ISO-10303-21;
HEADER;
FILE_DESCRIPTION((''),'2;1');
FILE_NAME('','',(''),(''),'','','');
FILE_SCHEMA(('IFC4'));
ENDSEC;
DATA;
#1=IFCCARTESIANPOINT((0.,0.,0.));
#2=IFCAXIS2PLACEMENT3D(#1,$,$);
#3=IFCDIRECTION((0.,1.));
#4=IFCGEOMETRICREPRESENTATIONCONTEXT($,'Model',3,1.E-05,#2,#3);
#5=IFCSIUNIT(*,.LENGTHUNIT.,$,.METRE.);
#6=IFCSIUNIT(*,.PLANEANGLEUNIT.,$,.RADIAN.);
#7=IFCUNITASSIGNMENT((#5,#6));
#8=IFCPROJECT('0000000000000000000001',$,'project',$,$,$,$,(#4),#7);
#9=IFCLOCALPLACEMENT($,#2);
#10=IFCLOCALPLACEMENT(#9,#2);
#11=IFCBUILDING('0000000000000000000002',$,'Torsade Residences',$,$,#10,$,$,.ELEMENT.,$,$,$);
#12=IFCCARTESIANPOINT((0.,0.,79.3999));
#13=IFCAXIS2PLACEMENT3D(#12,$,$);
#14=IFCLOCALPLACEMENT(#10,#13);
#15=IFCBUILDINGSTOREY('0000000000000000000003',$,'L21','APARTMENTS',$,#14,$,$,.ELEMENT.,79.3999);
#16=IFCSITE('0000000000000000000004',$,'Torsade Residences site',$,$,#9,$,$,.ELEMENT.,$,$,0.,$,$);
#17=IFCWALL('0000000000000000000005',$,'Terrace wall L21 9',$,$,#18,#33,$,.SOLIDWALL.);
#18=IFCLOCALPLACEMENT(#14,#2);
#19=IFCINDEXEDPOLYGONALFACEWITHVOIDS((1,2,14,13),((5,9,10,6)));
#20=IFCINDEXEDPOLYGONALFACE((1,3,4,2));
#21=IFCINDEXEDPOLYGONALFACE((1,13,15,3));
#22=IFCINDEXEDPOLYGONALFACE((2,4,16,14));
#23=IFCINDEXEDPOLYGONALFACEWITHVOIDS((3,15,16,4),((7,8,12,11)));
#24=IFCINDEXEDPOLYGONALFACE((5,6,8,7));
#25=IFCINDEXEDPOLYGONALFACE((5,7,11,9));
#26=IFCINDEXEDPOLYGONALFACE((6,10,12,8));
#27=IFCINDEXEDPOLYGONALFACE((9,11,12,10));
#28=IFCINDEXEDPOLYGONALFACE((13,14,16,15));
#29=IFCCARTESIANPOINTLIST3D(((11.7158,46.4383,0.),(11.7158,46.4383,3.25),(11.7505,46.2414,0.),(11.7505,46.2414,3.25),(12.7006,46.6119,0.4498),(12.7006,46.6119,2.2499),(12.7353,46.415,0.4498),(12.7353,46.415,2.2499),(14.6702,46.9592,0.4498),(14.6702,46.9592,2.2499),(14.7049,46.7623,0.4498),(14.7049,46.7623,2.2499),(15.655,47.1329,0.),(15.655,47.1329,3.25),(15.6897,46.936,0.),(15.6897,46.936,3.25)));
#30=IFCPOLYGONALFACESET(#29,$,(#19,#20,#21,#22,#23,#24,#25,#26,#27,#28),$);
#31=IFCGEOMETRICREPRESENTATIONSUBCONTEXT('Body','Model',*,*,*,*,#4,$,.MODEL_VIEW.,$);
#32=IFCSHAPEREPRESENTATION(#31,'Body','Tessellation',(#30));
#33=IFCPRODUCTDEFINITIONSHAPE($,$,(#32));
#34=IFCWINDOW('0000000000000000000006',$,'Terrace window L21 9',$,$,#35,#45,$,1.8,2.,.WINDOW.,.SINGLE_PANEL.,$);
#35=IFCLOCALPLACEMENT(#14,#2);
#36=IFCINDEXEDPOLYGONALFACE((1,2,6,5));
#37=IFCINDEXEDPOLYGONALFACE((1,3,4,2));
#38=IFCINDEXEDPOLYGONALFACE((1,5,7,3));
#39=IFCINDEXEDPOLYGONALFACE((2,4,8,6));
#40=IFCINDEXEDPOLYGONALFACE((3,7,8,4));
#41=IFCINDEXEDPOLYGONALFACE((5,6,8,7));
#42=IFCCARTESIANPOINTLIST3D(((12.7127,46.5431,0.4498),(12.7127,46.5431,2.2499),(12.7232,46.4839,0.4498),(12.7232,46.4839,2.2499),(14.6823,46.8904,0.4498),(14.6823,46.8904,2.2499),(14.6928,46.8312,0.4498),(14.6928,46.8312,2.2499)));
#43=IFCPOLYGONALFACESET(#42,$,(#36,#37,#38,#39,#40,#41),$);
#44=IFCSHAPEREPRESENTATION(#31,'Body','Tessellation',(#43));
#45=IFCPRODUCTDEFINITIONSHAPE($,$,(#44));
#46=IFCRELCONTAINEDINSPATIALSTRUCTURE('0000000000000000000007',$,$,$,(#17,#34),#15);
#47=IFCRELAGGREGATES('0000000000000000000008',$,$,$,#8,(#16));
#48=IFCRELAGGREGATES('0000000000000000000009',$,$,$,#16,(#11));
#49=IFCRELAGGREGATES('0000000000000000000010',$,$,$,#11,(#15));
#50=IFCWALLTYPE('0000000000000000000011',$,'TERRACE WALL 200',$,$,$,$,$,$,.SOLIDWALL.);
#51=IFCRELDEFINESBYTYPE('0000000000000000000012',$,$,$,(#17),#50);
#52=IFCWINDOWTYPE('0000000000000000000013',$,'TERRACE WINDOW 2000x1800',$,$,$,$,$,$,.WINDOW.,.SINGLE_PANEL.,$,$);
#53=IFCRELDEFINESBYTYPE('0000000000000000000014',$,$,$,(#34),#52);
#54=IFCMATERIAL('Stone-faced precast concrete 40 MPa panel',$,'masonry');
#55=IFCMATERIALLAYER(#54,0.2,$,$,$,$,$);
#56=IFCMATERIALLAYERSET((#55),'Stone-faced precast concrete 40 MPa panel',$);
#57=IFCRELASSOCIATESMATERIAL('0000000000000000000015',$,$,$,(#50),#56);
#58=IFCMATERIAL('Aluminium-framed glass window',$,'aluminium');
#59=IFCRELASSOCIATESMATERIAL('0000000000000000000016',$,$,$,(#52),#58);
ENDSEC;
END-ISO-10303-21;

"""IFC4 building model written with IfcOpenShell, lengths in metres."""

from ifc_helpers import new_model, si_unit, direction, frame, frame_2d, origin, place, context, subcontext, project, spatial, rectangle, extrude, material, layer, layer_set, type_object, element, fill, save


model = new_model("IFC4")

# Units and contexts
model_context = context("Model", 3, precision=1e-05, world=origin(), true_north=direction((0.0, 1.0)))
body_context = subcontext(model_context, "Body", "Model", "MODEL_VIEW")
ifc_project = project(units=[si_unit("LENGTHUNIT", "METRE"), si_unit("PLANEANGLEUNIT", "RADIAN")], contexts=[model_context])

# Site, building, storey
site_placement = place(None, origin())
site = spatial("IfcSite", under=ifc_project, at=site_placement, Name="Torsade Residences site", CompositionType="ELEMENT", RefElevation=0.0)
building_placement = place(site_placement, origin())
building = spatial("IfcBuilding", under=site, at=building_placement, Name="Torsade Residences", CompositionType="ELEMENT")
storey_placement = place(building_placement, frame((0.0, 0.0, 79.3999)))
storey = spatial("IfcBuildingStorey", under=building, at=storey_placement, Name="L21", Description="APARTMENTS", CompositionType="ELEMENT", Elevation=79.3999)

# Shared definitions
ifc_material_1 = material(Name="Stone-faced precast concrete 40 MPa panel", Category="masonry")
ifc_layer_1 = layer(ifc_material_1, 0.2)
ifc_layer_set_1 = layer_set([ifc_layer_1], Name="Stone-faced precast concrete 40 MPa panel")
wall_type_1 = type_object("IfcWallType", Name="TERRACE WALL 200", PredefinedType="SOLIDWALL", material=ifc_layer_set_1)

# Wall, opening, window
wall_1_placement = place(storey_placement, frame((15.6724, 47.0344, 0.0), z_axis=(0.0, 0.0, 1.0), x_axis=(-0.984808, -0.173646, 0.0)))
wall_1 = element("IfcWall", 1, at=wall_1_placement, inside=storey, type_object=wall_type_1, Name="Terrace wall L21 9", PredefinedType="SOLIDWALL", context=body_context, shape_type="SweptSolid", body=[
    extrude(rectangle(XDim=4.0, YDim=0.2, at=frame_2d((2.0, 0.0))), origin(), (0.0, 0.0, 1.0), 3.25),
])
opening_1_placement = place(wall_1_placement, frame((1.0, 0.0, 0.45)))
opening_1 = element("IfcOpeningElement", 2, at=opening_1_placement, cuts=wall_1, PredefinedType="OPENING", context=body_context, shape_type="SweptSolid", body=[
    extrude(rectangle(XDim=2.0, YDim=1.8, at=frame_2d((1.0, 0.8999))), frame((0.0, 0.1099, 0.0), z_axis=(0.0, -1.0, 0.0), x_axis=(1.0, 0.0, 0.0)), (0.0, 0.0, 1.0), 0.22),
])
ifc_material_2 = material(Name="Aluminium-framed glass window", Category="aluminium")
window_type = type_object("IfcWindowType", Name="TERRACE WINDOW 2000x1800", PartitioningType="SINGLE_PANEL", PredefinedType="WINDOW", material=ifc_material_2)
window_placement = place(opening_1_placement, origin())
window = element("IfcWindow", 3, at=window_placement, inside=storey, type_object=window_type, Name="Terrace window L21 9", OverallHeight=1.8, OverallWidth=2.0, PartitioningType="SINGLE_PANEL", PredefinedType="WINDOW", context=body_context, shape_type="SweptSolid", body=[
    extrude(rectangle(XDim=2.0, YDim=1.8, at=frame_2d((1.0, 0.8999))), frame((0.0, 0.03, 0.0), z_axis=(0.0, -1.0, 0.0), x_axis=(1.0, 0.0, 0.0)), (0.0, 0.0, 1.0), 0.0601),
])
fill(opening_1, window)

save(model, "model.ifc")
